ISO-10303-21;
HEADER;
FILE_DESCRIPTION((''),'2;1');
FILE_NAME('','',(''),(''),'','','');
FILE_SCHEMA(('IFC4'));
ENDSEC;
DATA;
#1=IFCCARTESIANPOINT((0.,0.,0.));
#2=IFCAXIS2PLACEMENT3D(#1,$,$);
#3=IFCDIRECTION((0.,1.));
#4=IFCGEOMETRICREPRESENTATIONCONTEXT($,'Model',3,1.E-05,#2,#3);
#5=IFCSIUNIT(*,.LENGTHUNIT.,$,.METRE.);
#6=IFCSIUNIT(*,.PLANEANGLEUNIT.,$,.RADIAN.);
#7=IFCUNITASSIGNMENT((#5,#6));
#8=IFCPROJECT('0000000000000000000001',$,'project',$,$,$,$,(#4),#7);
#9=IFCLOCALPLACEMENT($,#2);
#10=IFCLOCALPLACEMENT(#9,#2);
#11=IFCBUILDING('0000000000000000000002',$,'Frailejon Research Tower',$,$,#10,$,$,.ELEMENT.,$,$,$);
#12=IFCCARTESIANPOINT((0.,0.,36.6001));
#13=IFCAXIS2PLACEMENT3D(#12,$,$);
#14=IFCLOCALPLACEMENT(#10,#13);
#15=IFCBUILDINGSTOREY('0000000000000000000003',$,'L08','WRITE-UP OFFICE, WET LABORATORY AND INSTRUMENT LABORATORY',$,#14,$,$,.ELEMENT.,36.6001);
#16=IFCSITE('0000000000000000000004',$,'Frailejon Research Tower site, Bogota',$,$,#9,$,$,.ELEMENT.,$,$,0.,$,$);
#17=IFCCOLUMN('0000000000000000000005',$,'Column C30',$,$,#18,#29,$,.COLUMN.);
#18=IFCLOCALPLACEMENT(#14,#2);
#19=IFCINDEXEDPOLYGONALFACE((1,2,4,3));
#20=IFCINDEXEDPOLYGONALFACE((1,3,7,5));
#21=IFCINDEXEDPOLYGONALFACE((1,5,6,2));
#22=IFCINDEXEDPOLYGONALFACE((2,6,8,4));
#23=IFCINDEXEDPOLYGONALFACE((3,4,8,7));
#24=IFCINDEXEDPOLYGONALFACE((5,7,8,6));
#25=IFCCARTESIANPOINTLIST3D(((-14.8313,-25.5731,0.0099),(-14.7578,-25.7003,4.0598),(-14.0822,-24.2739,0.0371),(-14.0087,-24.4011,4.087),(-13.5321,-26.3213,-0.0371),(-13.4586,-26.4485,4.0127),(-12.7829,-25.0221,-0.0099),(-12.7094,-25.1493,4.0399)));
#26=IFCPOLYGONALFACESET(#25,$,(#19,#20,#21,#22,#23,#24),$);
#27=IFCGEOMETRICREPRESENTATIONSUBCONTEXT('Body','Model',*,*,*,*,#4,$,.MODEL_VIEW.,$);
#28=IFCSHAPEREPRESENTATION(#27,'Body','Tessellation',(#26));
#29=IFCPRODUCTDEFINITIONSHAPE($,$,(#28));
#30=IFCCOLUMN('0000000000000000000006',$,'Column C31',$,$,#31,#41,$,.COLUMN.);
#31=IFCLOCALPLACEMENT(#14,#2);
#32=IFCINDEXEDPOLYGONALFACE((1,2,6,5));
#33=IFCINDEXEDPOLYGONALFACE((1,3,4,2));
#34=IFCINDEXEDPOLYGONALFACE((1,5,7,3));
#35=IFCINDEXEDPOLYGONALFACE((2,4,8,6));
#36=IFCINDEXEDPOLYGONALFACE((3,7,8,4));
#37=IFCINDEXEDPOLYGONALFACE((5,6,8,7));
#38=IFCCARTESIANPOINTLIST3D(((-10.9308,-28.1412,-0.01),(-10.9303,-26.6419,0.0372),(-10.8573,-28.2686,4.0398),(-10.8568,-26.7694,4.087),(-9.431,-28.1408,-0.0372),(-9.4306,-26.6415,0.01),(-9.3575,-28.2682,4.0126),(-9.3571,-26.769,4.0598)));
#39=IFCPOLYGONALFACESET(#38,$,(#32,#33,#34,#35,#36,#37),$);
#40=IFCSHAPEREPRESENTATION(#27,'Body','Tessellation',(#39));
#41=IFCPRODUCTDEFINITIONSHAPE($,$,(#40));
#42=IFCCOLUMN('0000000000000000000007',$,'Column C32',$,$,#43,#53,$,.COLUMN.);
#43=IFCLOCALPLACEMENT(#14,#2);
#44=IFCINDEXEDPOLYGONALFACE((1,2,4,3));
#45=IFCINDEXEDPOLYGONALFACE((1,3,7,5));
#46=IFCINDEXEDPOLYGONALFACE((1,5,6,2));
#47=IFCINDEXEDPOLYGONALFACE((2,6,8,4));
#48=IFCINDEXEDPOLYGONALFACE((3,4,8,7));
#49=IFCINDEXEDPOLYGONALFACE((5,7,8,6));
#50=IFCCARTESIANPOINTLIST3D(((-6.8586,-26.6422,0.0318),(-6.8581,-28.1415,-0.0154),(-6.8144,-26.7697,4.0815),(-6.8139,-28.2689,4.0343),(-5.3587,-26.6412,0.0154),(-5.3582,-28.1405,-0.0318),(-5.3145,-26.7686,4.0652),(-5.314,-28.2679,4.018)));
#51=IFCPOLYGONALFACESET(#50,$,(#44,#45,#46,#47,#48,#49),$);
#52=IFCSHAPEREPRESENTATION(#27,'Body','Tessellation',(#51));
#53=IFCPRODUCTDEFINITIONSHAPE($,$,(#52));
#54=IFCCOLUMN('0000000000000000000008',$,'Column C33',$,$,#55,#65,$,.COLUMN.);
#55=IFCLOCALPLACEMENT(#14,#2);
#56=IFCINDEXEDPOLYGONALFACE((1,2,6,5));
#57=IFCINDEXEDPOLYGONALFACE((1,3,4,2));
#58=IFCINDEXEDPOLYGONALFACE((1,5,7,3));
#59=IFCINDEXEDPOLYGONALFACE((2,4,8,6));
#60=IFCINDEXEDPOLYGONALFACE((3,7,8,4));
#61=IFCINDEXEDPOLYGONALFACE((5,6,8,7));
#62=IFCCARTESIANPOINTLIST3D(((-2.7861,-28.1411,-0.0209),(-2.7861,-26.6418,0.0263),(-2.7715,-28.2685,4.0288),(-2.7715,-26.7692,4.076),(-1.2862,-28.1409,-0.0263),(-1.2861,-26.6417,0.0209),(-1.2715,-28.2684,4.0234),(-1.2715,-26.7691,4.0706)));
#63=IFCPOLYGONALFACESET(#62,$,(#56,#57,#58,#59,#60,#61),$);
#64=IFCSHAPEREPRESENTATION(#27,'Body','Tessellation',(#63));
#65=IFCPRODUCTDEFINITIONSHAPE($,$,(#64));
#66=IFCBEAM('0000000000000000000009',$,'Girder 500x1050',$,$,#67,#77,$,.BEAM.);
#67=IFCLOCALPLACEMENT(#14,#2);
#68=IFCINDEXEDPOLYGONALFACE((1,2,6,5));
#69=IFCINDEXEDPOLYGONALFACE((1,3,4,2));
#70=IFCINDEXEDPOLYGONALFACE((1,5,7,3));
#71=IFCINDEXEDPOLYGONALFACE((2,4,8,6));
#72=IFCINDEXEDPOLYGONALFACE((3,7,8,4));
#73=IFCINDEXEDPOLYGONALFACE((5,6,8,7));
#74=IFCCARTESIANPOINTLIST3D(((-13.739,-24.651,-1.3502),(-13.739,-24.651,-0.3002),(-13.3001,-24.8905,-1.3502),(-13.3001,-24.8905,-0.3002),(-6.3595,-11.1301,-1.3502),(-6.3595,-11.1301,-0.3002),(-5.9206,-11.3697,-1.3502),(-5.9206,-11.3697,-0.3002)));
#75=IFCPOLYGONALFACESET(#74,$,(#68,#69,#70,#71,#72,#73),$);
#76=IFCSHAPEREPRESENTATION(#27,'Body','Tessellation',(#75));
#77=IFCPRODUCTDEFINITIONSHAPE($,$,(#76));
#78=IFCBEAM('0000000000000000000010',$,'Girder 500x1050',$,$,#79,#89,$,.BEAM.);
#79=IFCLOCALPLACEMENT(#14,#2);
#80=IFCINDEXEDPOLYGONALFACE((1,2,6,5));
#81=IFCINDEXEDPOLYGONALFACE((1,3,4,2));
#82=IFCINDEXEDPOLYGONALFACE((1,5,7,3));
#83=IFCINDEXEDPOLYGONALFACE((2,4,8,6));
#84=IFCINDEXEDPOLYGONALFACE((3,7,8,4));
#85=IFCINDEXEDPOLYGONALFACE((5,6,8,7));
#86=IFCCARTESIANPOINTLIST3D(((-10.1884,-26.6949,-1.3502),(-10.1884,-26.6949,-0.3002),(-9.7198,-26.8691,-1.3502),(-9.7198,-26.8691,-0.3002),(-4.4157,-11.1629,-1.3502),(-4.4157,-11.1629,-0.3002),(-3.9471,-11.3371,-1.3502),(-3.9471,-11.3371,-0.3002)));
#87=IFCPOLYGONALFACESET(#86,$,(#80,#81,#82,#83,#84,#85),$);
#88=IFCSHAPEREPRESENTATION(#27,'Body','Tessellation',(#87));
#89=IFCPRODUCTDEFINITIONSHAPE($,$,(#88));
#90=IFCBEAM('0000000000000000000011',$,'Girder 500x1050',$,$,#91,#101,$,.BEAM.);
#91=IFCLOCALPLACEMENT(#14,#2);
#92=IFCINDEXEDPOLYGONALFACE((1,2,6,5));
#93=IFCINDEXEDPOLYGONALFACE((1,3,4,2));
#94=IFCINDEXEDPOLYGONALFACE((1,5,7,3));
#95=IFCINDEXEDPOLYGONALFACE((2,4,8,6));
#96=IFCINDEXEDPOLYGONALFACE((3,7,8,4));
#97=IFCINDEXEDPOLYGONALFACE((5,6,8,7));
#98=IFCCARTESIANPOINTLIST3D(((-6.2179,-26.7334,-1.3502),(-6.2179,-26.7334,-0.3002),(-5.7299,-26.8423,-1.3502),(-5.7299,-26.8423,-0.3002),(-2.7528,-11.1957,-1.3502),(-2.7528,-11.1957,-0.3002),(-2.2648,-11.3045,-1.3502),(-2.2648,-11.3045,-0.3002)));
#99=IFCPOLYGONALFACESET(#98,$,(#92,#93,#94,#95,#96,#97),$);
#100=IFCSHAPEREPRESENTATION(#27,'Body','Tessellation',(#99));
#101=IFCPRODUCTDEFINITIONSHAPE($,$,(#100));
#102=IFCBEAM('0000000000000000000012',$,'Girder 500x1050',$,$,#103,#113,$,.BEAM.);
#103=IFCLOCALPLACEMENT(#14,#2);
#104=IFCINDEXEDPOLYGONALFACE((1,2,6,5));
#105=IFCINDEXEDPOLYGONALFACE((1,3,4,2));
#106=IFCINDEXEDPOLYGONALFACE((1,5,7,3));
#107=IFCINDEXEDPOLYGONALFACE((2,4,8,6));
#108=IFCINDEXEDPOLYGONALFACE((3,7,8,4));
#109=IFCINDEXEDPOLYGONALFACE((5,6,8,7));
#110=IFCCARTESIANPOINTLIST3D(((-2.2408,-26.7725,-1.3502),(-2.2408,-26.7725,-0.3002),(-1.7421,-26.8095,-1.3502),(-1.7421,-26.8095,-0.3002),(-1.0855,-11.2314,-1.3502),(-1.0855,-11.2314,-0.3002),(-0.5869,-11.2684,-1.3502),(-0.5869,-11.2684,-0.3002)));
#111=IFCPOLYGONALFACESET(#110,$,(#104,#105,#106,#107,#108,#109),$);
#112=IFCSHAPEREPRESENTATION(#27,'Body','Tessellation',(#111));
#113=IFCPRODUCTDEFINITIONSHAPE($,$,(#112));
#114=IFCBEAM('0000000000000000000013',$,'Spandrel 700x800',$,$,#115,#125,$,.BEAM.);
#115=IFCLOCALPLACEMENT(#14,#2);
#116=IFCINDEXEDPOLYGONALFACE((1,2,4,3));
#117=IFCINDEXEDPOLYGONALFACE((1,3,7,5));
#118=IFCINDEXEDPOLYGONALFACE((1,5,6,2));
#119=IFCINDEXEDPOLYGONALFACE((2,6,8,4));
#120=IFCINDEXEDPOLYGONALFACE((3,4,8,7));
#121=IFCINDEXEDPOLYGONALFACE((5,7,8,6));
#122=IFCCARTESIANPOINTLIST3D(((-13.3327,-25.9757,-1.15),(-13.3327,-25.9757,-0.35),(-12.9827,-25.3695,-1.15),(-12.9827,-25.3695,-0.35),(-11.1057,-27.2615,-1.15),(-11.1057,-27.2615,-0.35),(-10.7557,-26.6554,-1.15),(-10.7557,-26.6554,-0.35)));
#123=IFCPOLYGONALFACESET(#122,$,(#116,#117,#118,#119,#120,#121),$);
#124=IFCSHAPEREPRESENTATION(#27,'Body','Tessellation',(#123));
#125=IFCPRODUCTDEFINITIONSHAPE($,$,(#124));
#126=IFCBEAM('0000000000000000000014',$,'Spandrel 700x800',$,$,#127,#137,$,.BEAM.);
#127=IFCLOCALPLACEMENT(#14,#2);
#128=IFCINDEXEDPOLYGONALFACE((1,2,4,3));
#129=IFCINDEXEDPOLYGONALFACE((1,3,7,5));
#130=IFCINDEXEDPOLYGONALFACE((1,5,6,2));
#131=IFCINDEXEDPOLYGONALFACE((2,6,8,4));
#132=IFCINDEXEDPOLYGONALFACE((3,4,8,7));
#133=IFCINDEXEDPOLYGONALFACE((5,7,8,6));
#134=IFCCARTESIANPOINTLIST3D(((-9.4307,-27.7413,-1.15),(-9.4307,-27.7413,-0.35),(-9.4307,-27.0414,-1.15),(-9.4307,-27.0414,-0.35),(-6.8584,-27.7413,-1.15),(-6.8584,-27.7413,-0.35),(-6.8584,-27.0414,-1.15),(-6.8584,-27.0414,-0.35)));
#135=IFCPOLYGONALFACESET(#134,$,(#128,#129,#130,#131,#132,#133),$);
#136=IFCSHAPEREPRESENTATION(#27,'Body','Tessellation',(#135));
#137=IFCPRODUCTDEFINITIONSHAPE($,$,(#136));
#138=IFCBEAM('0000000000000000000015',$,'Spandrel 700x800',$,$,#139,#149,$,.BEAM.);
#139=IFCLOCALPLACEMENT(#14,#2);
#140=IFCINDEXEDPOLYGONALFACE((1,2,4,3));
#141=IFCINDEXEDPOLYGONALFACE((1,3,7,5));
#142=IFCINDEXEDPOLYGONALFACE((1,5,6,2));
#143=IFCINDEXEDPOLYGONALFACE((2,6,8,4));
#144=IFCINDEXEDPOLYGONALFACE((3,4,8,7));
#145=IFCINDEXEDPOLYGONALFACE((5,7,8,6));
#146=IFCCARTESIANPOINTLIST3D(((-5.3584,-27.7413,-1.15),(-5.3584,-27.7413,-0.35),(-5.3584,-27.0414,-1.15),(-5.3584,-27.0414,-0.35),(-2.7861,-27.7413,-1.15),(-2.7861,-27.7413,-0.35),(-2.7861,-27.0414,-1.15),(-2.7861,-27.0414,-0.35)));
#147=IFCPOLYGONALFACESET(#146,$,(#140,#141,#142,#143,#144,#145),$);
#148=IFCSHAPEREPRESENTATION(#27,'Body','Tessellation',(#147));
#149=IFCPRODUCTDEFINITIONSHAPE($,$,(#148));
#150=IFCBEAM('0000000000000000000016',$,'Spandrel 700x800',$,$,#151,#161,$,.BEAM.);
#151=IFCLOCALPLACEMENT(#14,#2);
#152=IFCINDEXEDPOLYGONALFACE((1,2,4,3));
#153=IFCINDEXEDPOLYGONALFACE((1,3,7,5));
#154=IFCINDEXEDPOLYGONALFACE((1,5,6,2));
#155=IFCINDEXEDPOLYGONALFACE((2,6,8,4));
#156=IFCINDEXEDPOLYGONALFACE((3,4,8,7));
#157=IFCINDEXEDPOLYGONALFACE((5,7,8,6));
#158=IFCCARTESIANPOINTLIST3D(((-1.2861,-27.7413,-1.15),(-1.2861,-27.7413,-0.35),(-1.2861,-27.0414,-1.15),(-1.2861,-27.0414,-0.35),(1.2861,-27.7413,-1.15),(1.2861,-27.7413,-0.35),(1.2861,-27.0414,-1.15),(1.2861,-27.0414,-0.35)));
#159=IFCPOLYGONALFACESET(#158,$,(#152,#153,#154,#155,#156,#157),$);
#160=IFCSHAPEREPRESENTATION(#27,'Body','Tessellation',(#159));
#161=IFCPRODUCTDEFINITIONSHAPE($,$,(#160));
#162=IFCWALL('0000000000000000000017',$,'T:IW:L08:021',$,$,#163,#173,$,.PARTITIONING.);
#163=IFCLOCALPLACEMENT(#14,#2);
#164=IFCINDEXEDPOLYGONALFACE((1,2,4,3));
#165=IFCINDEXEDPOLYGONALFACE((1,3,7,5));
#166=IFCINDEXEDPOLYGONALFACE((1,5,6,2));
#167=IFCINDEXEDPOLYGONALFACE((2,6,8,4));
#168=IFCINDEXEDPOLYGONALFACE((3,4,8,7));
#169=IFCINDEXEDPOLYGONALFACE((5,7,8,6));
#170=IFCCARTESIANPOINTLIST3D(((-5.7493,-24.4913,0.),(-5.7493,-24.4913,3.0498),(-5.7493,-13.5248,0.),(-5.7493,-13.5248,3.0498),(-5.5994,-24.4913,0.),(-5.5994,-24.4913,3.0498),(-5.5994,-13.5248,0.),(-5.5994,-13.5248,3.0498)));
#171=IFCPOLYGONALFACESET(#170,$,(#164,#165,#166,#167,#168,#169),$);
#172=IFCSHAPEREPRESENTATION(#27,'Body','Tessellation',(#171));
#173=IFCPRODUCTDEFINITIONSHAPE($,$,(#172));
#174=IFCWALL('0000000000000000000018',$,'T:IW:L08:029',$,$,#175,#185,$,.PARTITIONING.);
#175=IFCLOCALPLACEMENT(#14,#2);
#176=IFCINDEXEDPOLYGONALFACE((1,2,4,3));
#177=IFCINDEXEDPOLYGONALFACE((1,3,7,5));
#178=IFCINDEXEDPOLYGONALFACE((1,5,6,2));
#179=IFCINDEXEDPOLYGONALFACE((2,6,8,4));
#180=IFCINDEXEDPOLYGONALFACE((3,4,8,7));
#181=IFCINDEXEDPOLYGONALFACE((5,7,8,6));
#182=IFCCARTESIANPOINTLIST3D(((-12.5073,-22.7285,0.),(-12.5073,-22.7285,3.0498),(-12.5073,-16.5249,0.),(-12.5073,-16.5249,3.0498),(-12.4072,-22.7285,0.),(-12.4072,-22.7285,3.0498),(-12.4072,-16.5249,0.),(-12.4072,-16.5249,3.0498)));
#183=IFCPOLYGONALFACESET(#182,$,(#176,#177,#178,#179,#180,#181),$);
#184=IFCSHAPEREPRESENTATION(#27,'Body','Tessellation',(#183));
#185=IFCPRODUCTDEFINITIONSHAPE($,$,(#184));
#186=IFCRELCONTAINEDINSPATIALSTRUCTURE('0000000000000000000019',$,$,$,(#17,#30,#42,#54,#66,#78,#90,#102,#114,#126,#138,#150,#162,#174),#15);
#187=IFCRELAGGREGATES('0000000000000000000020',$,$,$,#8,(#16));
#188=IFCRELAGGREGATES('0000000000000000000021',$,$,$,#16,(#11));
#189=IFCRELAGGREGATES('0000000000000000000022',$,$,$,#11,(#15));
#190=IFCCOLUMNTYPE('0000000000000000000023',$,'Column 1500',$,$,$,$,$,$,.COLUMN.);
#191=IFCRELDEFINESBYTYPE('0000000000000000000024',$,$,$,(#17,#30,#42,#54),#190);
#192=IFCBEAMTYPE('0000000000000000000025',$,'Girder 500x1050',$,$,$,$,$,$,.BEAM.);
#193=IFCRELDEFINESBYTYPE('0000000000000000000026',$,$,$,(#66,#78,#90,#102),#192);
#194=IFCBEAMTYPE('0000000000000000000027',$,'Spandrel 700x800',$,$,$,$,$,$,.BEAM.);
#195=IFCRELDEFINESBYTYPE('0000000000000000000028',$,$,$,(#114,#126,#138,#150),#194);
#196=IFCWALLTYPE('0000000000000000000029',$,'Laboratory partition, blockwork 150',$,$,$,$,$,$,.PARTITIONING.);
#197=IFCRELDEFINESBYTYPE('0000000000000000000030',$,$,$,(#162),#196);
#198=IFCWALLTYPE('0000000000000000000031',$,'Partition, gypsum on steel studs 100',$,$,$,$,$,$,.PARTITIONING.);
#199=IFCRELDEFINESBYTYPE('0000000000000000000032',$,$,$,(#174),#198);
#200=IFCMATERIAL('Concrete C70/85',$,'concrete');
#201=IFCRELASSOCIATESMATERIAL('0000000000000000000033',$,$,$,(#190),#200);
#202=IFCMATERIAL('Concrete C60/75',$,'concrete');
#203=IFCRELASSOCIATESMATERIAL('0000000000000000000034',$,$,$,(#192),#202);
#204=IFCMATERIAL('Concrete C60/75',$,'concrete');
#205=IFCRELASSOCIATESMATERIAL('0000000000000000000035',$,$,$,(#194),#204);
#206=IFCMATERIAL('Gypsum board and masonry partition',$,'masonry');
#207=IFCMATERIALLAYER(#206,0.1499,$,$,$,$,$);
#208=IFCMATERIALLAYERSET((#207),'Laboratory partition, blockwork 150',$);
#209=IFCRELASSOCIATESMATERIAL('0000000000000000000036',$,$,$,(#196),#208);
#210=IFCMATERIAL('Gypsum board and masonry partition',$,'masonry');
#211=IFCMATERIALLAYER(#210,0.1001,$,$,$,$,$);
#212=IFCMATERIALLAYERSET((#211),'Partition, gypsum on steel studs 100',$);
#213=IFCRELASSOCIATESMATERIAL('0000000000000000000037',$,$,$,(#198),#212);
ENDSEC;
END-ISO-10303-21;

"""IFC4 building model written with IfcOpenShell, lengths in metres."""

from ifc_helpers import new_model, si_unit, direction, frame, frame_2d, origin, origin_2d, place, context, subcontext, project, spatial, rectangle, extrude, material, layer, layer_set, material_profile, profile_set, type_object, element, save


model = new_model("IFC4")

# Units and contexts
model_context = context("Model", 3, precision=1e-05, world=origin(), true_north=direction((0.0, 1.0)))
body_context = subcontext(model_context, "Body", "Model", "MODEL_VIEW")
ifc_project = project(units=[si_unit("LENGTHUNIT", "METRE"), si_unit("PLANEANGLEUNIT", "RADIAN")], contexts=[model_context])

# Site, building, storey
site_placement = place(None, origin())
site = spatial("IfcSite", under=ifc_project, at=site_placement, Name="Frailejon Research Tower site, Bogota", CompositionType="ELEMENT", RefElevation=0.0)
building_placement = place(site_placement, origin())
building = spatial("IfcBuilding", under=site, at=building_placement, Name="Frailejon Research Tower", CompositionType="ELEMENT")
storey_placement = place(building_placement, frame((0.0, 0.0, 36.6001)))
storey = spatial("IfcBuildingStorey", under=building, at=storey_placement, Name="L08", Description="WRITE-UP OFFICE, WET LABORATORY AND INSTRUMENT LABORATORY", CompositionType="ELEMENT", Elevation=36.6001)

# Columns
ifc_material_1 = material(Name="Concrete C70/85", Category="concrete")
ifc_material_profile_1 = material_profile(ifc_material_1, rectangle(XDim=1.5, YDim=1.5, at=origin_2d()), Name="Column 1500")
ifc_profile_set_1 = profile_set([ifc_material_profile_1], Name="Concrete C70/85")
column_type = type_object("IfcColumnType", Name="Column 1500", PredefinedType="COLUMN", material=ifc_profile_set_1)
for number, where, z_axis, x_axis, name in (
    (1, (-13.8071, -25.2976, 0.0), (0.018134, -0.031388, 0.999343), (0.866156, -0.498787, -0.031383), "Column C30"),
    (2, (-10.1807, -27.3914, 0.0), (0.018134, -0.031448, 0.999341), (0.999836, 0.000286, -0.018134), "Column C31"),
):
    element("IfcColumn", number, at=place(storey_placement, frame(where, z_axis=z_axis, x_axis=x_axis)), inside=storey, type_object=column_type, Name=name, PredefinedType="COLUMN", context=body_context, shape_type="SweptSolid", body=[
        extrude(rectangle(XDim=1.5, YDim=1.5, at=origin_2d()), origin(), (0.0, 0.0, 1.0), 4.0525),
    ])
column_1_placement = place(storey_placement, frame((-6.1084, -27.3914, 0.0), z_axis=(0.010905, -0.031451, 0.999446), x_axis=(0.99994, 0.000694, -0.010889)))
element("IfcColumn", 3, at=column_1_placement, inside=storey, type_object=column_type, Name="Column C32", PredefinedType="COLUMN", context=body_context, shape_type="SweptSolid", body=[
    extrude(rectangle(XDim=1.5, YDim=1.5, at=origin_2d()), origin(), (0.0, 0.0, 1.0), 4.052),
])
column_2_placement = place(storey_placement, frame((-2.0361, -27.3914, 0.0), z_axis=(0.003615, -0.031453, 0.999499), x_axis=(0.999993, 0.000089, -0.003614)))
element("IfcColumn", 4, at=column_2_placement, inside=storey, type_object=column_type, Name="Column C33", PredefinedType="COLUMN", context=body_context, shape_type="SweptSolid", body=[
    extrude(rectangle(XDim=1.5, YDim=1.5, at=origin_2d()), origin(), (0.0, 0.0, 1.0), 4.0518),
])

# Beams
ifc_material_2 = material(Name="Concrete C60/75", Category="concrete")
ifc_material_profile_2 = material_profile(ifc_material_2, rectangle(XDim=0.5, YDim=1.05, at=origin_2d()), Name="Girder 500x1050")
ifc_profile_set_2 = profile_set([ifc_material_profile_2], Name="Concrete C60/75")
beam_type_1 = type_object("IfcBeamType", Name="Girder 500x1050", PredefinedType="BEAM", material=ifc_profile_set_2)
beam_1_placement = place(storey_placement, frame((-13.5195, -24.7708, -0.8252), z_axis=(0.479074, 0.877774, 0.0), x_axis=(-0.877774, 0.479074, 0.0)))
element("IfcBeam", 5, at=beam_1_placement, inside=storey, type_object=beam_type_1, Name="Girder 500x1050", PredefinedType="BEAM", context=body_context, shape_type="SweptSolid", body=[
    extrude(rectangle(XDim=0.5, YDim=1.05, at=origin_2d()), origin(), (0.0, 0.0, 1.0), 15.4036),
])
beam_2_placement = place(storey_placement, frame((-9.9541, -26.782, -0.8252), z_axis=(0.348382, 0.937353, 0.0), x_axis=(-0.937353, 0.348382, 0.0)))
element("IfcBeam", 6, at=beam_2_placement, inside=storey, type_object=beam_type_1, Name="Girder 500x1050", PredefinedType="BEAM", context=body_context, shape_type="SweptSolid", body=[
    extrude(rectangle(XDim=0.5, YDim=1.05, at=origin_2d()), origin(), (0.0, 0.0, 1.0), 16.5701),
])
beam_3_placement = place(storey_placement, frame((-5.9739, -26.7878, -0.8252), z_axis=(0.217663, 0.976024, 0.0), x_axis=(-0.976024, 0.217663, 0.0)))
element("IfcBeam", 7, at=beam_3_placement, inside=storey, type_object=beam_type_1, Name="Girder 500x1050", PredefinedType="BEAM", context=body_context, shape_type="SweptSolid", body=[
    extrude(rectangle(XDim=0.5, YDim=1.05, at=origin_2d()), origin(), (0.0, 0.0, 1.0), 15.9194),
])
beam_4_placement = place(storey_placement, frame((-1.9915, -26.791, -0.8252), z_axis=(0.074133, 0.997248, 0.0), x_axis=(-0.997248, 0.074133, 0.0)))
element("IfcBeam", 8, at=beam_4_placement, inside=storey, type_object=beam_type_1, Name="Girder 500x1050", PredefinedType="BEAM", context=body_context, shape_type="SweptSolid", body=[
    extrude(rectangle(XDim=0.5, YDim=1.05, at=origin_2d()), origin(), (0.0, 0.0, 1.0), 15.584),
])
ifc_material_3 = material(Name="Concrete C60/75", Category="concrete")
ifc_material_profile_3 = material_profile(ifc_material_3, rectangle(XDim=0.7, YDim=0.8, at=origin_2d()), Name="Spandrel 700x800")
ifc_profile_set_3 = profile_set([ifc_material_profile_3], Name="Concrete C60/75")
beam_type_2 = type_object("IfcBeamType", Name="Spandrel 700x800", PredefinedType="BEAM", material=ifc_profile_set_3)
beam_5_placement = place(storey_placement, frame((-13.1577, -25.6726, -0.75), z_axis=(0.866009, -0.500029, 0.0), x_axis=(0.500029, 0.866009, 0.0)))
element("IfcBeam", 9, at=beam_5_placement, inside=storey, type_object=beam_type_2, Name="Spandrel 700x800", PredefinedType="BEAM", context=body_context, shape_type="SweptSolid", body=[
    extrude(rectangle(XDim=0.7, YDim=0.8, at=origin_2d()), origin(), (0.0, 0.0, 1.0), 2.5715),
])
for number, where, z_axis, x_axis, name in (
    (10, (-9.4307, -27.3914, -0.75), (1.0, 0.0, 0.0), (0.0, 1.0, 0.0), "Spandrel 700x800"),
    (11, (-5.3584, -27.3914, -0.75), (1.0, 0.0, 0.0), (0.0, 1.0, 0.0), "Spandrel 700x800"),
    (12, (-1.2861, -27.3914, -0.75), (1.0, 0.0, 0.0), (0.0, 1.0, 0.0), "Spandrel 700x800"),
):
    element("IfcBeam", number, at=place(storey_placement, frame(where, z_axis=z_axis, x_axis=x_axis)), inside=storey, type_object=beam_type_2, Name=name, PredefinedType="BEAM", context=body_context, shape_type="SweptSolid", body=[
        extrude(rectangle(XDim=0.7, YDim=0.8, at=origin_2d()), origin(), (0.0, 0.0, 1.0), 2.5723),
    ])

# Walls
ifc_material_4 = material(Name="Gypsum board and masonry partition", Category="masonry")
ifc_layer_1 = layer(ifc_material_4, 0.1499)
ifc_layer_set_1 = layer_set([ifc_layer_1], Name="Laboratory partition, blockwork 150")
wall_type_1 = type_object("IfcWallType", Name="Laboratory partition, blockwork 150", PredefinedType="PARTITIONING", material=ifc_layer_set_1)
wall_1_placement = place(storey_placement, frame((-5.6743, -24.4915, 0.0), z_axis=(0.0, 0.0, 1.0), x_axis=(0.0, 1.0, 0.0)))
element("IfcWall", 13, at=wall_1_placement, inside=storey, type_object=wall_type_1, Name="T:IW:L08:021", PredefinedType="PARTITIONING", context=body_context, shape_type="SweptSolid", body=[
    extrude(rectangle(XDim=10.9666, YDim=0.1499, at=frame_2d((5.4834, 0.0))), origin(), (0.0, 0.0, 1.0), 3.0498),
])
ifc_material_5 = material(Name="Gypsum board and masonry partition", Category="masonry")
ifc_layer_2 = layer(ifc_material_5, 0.1001)
ifc_layer_set_2 = layer_set([ifc_layer_2], Name="Partition, gypsum on steel studs 100")
wall_type_2 = type_object("IfcWallType", Name="Partition, gypsum on steel studs 100", PredefinedType="PARTITIONING", material=ifc_layer_set_2)
wall_2_placement = place(storey_placement, frame((-12.4573, -22.7285, 0.0), z_axis=(0.0, 0.0, 1.0), x_axis=(0.0, 1.0, 0.0)))
element("IfcWall", 14, at=wall_2_placement, inside=storey, type_object=wall_type_2, Name="T:IW:L08:029", PredefinedType="PARTITIONING", context=body_context, shape_type="SweptSolid", body=[
    extrude(rectangle(XDim=6.2036, YDim=0.1001, at=frame_2d((3.1018, 0.0))), origin(), (0.0, 0.0, 1.0), 3.0498),
])

save(model, "model.ifc")
